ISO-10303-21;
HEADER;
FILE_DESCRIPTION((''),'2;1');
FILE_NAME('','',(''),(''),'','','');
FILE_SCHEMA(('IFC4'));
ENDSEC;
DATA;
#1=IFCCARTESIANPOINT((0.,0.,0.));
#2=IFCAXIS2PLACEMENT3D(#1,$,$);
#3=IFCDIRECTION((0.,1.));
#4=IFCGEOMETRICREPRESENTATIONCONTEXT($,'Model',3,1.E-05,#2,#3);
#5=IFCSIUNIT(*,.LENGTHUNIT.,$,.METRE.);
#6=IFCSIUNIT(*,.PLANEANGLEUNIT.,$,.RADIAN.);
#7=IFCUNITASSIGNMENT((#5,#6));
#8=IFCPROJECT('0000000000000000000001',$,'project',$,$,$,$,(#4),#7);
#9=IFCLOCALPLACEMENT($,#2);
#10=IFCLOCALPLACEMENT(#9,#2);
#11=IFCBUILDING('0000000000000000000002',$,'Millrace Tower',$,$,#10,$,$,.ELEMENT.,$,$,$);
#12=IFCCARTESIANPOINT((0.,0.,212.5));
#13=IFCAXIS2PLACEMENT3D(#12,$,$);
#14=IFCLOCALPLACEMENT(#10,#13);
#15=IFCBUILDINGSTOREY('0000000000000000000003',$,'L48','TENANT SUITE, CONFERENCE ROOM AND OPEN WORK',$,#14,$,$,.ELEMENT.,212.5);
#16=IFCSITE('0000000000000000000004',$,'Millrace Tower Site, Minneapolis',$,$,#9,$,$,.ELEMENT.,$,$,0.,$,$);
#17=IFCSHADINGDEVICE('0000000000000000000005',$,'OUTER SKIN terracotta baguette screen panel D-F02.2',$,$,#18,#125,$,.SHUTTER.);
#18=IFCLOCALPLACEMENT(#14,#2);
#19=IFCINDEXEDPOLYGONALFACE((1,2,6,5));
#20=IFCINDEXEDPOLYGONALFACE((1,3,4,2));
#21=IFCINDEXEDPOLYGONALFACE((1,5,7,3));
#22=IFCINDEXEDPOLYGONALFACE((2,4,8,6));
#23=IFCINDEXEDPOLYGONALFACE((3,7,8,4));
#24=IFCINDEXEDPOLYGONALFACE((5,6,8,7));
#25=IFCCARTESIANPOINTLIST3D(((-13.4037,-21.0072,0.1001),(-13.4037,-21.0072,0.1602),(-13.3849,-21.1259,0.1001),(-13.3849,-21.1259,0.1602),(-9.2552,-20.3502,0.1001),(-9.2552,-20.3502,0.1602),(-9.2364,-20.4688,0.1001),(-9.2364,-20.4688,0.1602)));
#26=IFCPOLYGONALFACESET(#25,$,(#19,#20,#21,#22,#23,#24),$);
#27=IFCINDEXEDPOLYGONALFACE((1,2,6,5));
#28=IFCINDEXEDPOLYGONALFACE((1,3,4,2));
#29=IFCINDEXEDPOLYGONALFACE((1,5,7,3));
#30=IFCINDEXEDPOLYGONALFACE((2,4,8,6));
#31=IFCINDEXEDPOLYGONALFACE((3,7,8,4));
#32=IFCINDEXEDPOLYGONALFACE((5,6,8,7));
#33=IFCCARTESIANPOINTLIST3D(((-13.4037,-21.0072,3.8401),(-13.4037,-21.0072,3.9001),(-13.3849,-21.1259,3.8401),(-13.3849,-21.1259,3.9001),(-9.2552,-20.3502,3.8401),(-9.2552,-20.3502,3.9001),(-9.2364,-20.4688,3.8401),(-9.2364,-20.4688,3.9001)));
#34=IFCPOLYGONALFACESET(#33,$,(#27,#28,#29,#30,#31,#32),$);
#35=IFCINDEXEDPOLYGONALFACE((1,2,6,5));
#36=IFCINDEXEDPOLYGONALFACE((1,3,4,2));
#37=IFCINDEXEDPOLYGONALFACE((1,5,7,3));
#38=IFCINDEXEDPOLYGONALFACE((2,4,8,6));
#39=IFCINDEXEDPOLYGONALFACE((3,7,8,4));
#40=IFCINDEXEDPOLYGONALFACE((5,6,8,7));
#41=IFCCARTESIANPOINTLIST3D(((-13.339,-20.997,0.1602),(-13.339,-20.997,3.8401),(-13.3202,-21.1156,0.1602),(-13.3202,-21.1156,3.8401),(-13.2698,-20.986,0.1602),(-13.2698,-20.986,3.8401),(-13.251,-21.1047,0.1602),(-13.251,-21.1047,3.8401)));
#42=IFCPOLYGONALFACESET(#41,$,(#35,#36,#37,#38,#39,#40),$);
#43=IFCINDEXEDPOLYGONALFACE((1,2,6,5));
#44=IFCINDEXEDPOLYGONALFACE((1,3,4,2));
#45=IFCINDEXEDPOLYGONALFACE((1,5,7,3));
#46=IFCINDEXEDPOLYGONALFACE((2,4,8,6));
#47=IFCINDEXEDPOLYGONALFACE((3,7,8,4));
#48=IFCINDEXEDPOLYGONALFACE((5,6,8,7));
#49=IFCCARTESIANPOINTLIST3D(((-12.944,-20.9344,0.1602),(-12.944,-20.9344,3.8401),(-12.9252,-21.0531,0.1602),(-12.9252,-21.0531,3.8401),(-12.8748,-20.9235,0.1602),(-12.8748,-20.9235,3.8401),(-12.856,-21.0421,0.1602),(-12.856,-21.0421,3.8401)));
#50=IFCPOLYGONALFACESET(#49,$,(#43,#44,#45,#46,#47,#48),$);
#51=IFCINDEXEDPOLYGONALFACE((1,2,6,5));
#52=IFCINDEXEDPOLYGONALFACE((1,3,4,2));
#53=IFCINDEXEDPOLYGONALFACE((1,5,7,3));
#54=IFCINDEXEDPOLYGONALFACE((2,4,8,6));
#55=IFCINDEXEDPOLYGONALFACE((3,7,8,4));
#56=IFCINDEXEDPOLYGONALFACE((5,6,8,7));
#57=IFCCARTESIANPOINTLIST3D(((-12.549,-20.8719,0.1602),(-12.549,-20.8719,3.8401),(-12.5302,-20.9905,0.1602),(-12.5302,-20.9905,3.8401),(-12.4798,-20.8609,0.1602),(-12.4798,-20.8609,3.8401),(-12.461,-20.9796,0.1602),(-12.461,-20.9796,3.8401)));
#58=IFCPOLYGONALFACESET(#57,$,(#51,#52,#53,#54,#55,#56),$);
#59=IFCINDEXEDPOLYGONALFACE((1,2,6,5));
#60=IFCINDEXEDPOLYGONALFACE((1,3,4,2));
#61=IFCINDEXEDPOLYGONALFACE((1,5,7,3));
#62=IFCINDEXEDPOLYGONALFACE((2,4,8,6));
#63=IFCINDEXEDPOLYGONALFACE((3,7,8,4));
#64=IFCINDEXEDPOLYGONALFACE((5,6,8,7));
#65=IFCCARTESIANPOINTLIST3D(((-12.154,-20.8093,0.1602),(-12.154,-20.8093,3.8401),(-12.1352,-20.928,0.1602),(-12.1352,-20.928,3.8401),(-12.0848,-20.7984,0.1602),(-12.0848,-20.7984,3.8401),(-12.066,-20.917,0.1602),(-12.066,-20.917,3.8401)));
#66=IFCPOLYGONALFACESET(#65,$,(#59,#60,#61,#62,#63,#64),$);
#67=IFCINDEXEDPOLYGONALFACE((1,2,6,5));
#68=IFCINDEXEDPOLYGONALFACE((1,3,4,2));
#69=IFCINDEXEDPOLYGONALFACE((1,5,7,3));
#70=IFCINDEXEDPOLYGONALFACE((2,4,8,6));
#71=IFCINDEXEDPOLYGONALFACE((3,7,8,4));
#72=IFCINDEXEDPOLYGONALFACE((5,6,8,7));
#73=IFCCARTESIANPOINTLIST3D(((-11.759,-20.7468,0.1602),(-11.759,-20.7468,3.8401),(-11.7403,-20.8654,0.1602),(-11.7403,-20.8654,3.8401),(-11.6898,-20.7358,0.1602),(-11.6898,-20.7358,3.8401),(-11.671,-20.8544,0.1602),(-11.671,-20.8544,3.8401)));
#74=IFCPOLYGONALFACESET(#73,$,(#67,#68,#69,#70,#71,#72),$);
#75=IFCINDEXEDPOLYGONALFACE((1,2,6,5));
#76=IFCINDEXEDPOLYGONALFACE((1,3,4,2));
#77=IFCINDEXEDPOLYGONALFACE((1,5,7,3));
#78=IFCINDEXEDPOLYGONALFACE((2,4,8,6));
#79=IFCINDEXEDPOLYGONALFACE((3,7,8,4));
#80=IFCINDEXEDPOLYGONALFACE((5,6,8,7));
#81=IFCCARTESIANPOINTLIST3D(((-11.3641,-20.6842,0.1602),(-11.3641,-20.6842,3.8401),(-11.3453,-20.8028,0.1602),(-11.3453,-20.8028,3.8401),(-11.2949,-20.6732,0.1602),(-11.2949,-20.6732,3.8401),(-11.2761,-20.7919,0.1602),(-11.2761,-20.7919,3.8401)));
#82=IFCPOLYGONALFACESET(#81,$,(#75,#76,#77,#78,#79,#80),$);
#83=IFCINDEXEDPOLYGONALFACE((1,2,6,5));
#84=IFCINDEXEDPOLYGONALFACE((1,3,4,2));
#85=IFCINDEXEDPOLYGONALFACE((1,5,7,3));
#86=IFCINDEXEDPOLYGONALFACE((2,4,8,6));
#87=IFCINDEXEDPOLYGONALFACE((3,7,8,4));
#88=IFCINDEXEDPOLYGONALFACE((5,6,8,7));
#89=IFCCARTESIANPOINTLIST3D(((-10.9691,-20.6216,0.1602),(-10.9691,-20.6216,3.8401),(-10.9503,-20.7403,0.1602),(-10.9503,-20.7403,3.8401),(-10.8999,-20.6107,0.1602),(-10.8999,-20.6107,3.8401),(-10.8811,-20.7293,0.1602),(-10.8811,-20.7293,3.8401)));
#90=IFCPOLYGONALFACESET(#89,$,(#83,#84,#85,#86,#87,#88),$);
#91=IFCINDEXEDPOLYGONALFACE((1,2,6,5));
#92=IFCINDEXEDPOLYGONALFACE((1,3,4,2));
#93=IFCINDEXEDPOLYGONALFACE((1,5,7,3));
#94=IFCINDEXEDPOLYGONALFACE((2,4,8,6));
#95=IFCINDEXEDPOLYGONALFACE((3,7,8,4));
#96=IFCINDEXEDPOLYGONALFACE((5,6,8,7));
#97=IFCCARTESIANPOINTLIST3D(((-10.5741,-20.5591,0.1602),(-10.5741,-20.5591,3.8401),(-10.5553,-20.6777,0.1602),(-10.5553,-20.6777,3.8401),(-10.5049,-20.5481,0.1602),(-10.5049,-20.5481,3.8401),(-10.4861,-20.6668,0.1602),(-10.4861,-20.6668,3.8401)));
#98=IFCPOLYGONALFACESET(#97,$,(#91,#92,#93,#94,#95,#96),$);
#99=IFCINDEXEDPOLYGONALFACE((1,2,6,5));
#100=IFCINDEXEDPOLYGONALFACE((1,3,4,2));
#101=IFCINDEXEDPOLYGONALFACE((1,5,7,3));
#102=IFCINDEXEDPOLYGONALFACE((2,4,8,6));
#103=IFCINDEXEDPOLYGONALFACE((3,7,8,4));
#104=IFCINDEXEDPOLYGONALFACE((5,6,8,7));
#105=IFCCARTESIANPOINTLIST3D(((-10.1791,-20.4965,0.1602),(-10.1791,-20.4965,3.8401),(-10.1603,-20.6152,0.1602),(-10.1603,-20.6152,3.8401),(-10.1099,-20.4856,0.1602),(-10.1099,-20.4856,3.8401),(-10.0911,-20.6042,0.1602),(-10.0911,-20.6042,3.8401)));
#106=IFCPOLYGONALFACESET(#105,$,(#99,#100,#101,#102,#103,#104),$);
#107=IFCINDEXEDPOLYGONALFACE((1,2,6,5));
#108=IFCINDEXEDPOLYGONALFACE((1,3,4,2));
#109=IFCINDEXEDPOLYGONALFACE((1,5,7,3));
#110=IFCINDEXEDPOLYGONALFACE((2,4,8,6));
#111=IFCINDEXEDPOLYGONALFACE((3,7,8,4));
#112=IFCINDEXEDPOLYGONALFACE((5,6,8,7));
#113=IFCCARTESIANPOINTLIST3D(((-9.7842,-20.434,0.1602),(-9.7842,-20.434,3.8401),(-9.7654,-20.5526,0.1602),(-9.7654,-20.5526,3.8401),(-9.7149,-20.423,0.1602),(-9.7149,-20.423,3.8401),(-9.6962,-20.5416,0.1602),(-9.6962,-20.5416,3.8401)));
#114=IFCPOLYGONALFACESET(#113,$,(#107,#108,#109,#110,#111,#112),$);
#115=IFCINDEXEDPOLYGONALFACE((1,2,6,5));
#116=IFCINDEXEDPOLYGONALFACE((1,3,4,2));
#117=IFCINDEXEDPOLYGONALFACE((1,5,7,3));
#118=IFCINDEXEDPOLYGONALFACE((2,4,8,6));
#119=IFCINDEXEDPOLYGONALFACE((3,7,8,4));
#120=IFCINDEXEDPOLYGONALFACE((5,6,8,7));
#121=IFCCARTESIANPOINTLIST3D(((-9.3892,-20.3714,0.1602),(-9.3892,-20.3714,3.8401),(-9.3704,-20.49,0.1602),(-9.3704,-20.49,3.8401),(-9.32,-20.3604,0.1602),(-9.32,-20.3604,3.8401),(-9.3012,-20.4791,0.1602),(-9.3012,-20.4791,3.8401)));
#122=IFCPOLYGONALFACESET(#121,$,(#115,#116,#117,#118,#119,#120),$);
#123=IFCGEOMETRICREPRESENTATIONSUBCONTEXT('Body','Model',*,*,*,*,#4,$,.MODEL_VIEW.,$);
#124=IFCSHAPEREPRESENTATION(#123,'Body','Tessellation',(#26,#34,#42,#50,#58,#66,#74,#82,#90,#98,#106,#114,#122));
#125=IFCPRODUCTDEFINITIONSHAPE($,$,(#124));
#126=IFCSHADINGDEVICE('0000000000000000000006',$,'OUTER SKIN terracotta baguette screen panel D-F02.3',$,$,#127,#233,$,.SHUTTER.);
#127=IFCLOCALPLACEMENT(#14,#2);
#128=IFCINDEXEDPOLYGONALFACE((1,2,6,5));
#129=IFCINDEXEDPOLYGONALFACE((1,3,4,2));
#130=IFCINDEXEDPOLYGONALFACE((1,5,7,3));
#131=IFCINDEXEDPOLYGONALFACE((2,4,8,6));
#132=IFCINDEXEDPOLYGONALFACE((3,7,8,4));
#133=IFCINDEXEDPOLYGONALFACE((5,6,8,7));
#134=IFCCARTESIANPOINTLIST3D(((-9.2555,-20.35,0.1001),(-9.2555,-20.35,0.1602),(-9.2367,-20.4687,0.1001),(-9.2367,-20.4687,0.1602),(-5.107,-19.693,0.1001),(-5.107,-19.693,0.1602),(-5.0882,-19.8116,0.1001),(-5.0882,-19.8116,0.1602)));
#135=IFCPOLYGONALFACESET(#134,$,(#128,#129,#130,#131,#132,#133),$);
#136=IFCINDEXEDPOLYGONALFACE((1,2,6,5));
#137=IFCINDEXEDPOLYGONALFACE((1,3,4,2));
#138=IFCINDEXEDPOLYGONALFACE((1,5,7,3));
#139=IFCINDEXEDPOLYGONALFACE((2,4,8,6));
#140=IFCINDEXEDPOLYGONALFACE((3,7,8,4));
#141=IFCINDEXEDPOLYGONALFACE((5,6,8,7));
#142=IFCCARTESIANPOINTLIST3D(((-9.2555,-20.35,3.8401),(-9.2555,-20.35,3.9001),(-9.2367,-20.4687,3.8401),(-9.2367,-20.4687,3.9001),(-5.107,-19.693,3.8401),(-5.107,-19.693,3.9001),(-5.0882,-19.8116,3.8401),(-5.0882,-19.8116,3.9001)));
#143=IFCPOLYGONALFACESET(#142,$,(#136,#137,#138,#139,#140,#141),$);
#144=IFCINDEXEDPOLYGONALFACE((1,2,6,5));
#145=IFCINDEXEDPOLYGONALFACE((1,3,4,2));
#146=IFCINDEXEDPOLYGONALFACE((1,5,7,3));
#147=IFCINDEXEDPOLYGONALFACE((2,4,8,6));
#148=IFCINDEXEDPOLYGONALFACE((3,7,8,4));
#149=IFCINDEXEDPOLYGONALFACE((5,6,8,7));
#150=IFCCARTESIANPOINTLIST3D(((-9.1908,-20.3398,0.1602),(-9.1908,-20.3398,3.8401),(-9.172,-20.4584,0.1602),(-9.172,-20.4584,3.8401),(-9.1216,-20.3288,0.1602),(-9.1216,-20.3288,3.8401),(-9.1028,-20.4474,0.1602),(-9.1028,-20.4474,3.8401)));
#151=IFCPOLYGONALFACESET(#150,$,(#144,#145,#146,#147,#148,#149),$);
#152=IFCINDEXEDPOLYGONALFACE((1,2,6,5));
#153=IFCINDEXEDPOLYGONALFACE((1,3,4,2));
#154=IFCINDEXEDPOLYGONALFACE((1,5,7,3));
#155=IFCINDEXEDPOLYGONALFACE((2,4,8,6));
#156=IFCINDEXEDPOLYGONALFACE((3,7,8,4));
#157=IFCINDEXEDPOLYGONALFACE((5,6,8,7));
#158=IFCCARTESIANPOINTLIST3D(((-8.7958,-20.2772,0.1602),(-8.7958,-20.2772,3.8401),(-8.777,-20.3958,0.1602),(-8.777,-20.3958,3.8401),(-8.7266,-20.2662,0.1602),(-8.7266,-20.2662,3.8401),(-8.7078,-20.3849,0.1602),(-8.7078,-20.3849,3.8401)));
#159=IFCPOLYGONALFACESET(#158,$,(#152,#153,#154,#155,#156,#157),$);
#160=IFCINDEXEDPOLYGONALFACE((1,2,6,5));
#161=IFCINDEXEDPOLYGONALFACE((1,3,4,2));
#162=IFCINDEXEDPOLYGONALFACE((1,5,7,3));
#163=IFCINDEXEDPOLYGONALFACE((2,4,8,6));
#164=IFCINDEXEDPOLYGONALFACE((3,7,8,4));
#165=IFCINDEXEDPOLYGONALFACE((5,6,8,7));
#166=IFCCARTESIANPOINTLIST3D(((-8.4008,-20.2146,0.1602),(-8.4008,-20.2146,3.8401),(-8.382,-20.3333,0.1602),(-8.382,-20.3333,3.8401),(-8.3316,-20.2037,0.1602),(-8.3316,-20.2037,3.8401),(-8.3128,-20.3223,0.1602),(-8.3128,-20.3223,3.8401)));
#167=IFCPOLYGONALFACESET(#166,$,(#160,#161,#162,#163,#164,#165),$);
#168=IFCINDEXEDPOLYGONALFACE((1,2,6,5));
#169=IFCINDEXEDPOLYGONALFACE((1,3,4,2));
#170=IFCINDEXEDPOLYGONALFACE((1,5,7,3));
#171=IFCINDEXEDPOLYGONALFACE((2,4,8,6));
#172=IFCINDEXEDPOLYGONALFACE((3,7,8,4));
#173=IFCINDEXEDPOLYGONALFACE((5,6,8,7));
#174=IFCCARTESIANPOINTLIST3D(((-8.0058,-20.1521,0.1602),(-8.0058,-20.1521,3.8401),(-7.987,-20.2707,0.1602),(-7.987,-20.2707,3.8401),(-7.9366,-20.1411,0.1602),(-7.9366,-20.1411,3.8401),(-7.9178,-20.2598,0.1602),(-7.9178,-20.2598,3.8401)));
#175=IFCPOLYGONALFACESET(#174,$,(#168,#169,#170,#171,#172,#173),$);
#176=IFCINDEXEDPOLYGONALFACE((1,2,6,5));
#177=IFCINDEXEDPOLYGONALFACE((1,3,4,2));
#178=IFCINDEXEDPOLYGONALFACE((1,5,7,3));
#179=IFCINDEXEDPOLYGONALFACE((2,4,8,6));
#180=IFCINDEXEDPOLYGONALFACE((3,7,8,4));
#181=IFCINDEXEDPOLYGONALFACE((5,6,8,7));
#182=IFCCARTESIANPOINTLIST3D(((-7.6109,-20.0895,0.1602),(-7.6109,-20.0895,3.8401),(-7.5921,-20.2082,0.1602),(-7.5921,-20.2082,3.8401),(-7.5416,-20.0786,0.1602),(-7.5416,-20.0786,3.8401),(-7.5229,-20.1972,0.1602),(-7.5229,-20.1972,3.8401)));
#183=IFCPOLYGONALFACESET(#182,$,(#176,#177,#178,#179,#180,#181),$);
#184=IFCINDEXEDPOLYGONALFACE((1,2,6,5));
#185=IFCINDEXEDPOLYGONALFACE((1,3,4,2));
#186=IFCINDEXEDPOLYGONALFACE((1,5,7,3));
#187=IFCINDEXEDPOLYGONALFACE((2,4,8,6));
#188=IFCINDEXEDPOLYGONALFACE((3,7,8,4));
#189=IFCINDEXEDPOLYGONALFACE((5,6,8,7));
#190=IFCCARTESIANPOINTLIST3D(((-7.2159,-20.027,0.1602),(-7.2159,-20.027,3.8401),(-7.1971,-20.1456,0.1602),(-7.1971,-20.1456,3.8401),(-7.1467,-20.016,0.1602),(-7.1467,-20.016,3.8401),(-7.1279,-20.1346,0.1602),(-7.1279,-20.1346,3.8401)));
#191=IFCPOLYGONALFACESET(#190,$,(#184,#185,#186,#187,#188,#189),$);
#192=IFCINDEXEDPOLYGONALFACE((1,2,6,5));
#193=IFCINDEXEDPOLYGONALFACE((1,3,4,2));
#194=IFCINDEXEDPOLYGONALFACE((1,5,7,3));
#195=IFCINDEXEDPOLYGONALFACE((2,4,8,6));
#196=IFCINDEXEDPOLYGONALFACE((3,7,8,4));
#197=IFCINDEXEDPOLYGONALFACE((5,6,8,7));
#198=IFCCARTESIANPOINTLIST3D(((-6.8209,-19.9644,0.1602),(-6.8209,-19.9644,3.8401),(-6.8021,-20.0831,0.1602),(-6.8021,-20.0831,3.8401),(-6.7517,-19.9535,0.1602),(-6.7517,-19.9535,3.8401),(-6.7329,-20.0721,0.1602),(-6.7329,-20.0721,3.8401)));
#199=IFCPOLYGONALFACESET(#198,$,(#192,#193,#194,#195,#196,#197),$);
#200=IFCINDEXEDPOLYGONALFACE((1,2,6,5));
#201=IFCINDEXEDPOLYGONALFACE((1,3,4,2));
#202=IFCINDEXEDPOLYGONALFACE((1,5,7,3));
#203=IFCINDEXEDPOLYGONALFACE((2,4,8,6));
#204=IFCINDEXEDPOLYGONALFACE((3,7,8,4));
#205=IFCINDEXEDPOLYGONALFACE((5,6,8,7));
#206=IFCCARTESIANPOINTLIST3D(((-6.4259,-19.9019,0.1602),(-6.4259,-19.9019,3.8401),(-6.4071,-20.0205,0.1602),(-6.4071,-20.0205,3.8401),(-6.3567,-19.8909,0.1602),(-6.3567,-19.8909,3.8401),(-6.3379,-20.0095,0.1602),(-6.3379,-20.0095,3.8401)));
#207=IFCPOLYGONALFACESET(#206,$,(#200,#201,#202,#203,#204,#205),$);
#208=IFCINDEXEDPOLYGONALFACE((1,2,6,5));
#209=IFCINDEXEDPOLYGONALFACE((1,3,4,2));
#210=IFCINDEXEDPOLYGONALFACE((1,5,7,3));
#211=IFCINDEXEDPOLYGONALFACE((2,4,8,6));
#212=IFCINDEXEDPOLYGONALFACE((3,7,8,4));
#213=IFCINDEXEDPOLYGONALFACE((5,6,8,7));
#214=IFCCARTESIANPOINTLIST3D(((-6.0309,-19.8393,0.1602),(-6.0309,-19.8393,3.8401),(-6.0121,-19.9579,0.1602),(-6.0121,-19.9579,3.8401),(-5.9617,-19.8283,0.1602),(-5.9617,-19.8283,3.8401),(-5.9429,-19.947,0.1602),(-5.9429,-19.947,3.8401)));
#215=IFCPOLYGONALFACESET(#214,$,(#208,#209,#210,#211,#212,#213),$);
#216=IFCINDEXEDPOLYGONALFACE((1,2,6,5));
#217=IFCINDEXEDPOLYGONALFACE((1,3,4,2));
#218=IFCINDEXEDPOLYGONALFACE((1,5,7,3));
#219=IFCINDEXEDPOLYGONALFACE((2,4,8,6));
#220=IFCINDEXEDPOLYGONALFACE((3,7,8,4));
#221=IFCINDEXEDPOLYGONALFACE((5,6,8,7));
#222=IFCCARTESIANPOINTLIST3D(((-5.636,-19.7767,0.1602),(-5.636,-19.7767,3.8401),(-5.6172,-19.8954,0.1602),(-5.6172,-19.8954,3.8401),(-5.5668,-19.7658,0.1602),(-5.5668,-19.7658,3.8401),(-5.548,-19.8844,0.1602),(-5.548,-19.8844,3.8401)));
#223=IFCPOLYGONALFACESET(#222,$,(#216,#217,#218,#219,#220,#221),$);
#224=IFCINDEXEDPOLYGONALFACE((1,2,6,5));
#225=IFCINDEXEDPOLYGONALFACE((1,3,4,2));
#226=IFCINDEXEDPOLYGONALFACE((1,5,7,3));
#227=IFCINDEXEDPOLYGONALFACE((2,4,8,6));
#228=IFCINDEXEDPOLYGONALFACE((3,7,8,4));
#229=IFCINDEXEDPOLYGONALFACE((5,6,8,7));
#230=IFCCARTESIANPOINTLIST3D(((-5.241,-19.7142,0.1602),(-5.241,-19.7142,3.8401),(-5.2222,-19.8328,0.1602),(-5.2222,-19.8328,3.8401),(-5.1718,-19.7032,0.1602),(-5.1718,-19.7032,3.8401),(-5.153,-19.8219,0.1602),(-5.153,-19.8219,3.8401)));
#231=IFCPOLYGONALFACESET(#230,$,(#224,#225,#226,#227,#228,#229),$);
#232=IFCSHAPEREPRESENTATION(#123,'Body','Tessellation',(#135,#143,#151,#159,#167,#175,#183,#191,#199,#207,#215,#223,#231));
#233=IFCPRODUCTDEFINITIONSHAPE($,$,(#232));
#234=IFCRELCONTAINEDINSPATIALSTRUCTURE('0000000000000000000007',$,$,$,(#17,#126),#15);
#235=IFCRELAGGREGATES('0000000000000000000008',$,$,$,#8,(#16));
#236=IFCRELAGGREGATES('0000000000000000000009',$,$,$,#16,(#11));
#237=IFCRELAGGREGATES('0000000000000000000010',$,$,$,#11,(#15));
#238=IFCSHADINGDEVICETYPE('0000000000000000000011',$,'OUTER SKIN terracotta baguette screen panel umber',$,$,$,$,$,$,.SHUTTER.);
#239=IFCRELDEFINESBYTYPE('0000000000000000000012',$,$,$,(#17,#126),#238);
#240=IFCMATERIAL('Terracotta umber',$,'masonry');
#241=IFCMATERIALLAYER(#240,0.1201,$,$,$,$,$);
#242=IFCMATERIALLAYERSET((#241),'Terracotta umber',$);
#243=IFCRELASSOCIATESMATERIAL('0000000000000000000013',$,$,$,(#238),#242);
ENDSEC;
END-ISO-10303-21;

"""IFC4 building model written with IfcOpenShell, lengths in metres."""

from ifc_helpers import new_model, entity, si_unit, direction, frame, frame_2d, origin, origin_2d, place, context, subcontext, project, spatial, rectangle, extrude, source, transform, mapped, material, layer, layer_set, type_object, element, save


model = new_model("IFC4")

# Units and contexts
model_context = context("Model", 3, precision=1e-05, world=origin(), true_north=direction((0.0, 1.0)))
body_context = subcontext(model_context, "Body", "Model", "MODEL_VIEW")
ifc_project = project(units=[si_unit("LENGTHUNIT", "METRE"), si_unit("PLANEANGLEUNIT", "RADIAN")], contexts=[model_context])

# Site, building, storey
site_placement = place(None, origin())
site = spatial("IfcSite", under=ifc_project, at=site_placement, Name="Millrace Tower Site, Minneapolis", CompositionType="ELEMENT", RefElevation=0.0)
building_placement = place(site_placement, origin())
building = spatial("IfcBuilding", under=site, at=building_placement, Name="Millrace Tower", CompositionType="ELEMENT")
storey_placement = place(building_placement, frame((0.0, 0.0, 212.5)))
storey = spatial("IfcBuildingStorey", under=building, at=storey_placement, Name="L48", Description="TENANT SUITE, CONFERENCE ROOM AND OPEN WORK", CompositionType="ELEMENT", Elevation=212.5)

# Shading devices
ifc_material_1 = material(Name="Terracotta umber", Category="masonry")
ifc_layer_1 = layer(ifc_material_1, 0.1201)
ifc_layer_set_1 = layer_set([ifc_layer_1], Name="Terracotta umber")
shading_device_type = type_object("IfcShadingDeviceType", Name="OUTER SKIN terracotta baguette screen panel umber", PredefinedType="SHUTTER", material=ifc_layer_set_1)
cartesian_point = entity("IfcCartesianPoint", [-2.1001, 0.0601])
shared_polyline = entity("IfcPolyline", [cartesian_point, entity("IfcCartesianPoint", [2.1001, 0.0601]), entity("IfcCartesianPoint", [2.1001, -0.0601]), entity("IfcCartesianPoint", [-2.1001, -0.0601]), cartesian_point])
shared_shape = source(origin(), body_context, "Body", "SweptSolid", [
    entity("IfcExtrudedAreaSolid", entity("IfcArbitraryClosedProfileDef", "AREA", None, shared_polyline), entity("IfcAxis2Placement3D", entity("IfcCartesianPoint", [0.0, 0.0, 0.0])), entity("IfcDirection", [0.0, 0.0, 1.0]), 0.0601),
    entity("IfcExtrudedAreaSolid", entity("IfcArbitraryClosedProfileDef", "AREA", None, shared_polyline), entity("IfcAxis2Placement3D", entity("IfcCartesianPoint", [0.0, 0.0, 3.74])), entity("IfcDirection", [0.0, 0.0, 1.0]), 0.0601),
    extrude(rectangle(XDim=0.0701, YDim=0.1201, at=frame_2d((-1.9995, 0.0))), frame((0.0, 0.0, 0.0601)), (0.0, 0.0, 1.0), 3.6799),
    extrude(rectangle(XDim=0.0701, YDim=0.1201, at=frame_2d((-1.5996, 0.0))), frame((0.0, 0.0, 0.0601)), (0.0, 0.0, 1.0), 3.6799),
    extrude(rectangle(XDim=0.0701, YDim=0.1201, at=frame_2d((-1.1997, 0.0))), frame((0.0, 0.0, 0.0601)), (0.0, 0.0, 1.0), 3.6799),
    extrude(rectangle(XDim=0.0701, YDim=0.1201, at=frame_2d((-0.7998, 0.0))), frame((0.0, 0.0, 0.0601)), (0.0, 0.0, 1.0), 3.6799),
    extrude(rectangle(XDim=0.0701, YDim=0.1201, at=frame_2d((-0.3999, 0.0))), frame((0.0, 0.0, 0.0601)), (0.0, 0.0, 1.0), 3.6799),
    extrude(rectangle(XDim=0.0701, YDim=0.1201, at=origin_2d()), frame((0.0, 0.0, 0.0601)), (0.0, 0.0, 1.0), 3.6799),
    extrude(rectangle(XDim=0.0701, YDim=0.1201, at=frame_2d((0.3999, 0.0))), frame((0.0, 0.0, 0.0601)), (0.0, 0.0, 1.0), 3.6799),
    extrude(rectangle(XDim=0.0701, YDim=0.1201, at=frame_2d((0.7998, 0.0))), frame((0.0, 0.0, 0.0601)), (0.0, 0.0, 1.0), 3.6799),
    extrude(rectangle(XDim=0.0701, YDim=0.1201, at=frame_2d((1.1997, 0.0))), frame((0.0, 0.0, 0.0601)), (0.0, 0.0, 1.0), 3.6799),
    extrude(rectangle(XDim=0.0701, YDim=0.1201, at=frame_2d((1.5996, 0.0))), frame((0.0, 0.0, 0.0601)), (0.0, 0.0, 1.0), 3.6799),
    extrude(rectangle(XDim=0.0701, YDim=0.1201, at=frame_2d((1.9995, 0.0))), frame((0.0, 0.0, 0.0601)), (0.0, 0.0, 1.0), 3.6799),
])
for number, where, z_axis, x_axis, name in (
    (1, (-11.3201, -20.738, 0.1001), (0.0, 0.0, 1.0), (0.987688, 0.156434, 0.0), "OUTER SKIN terracotta baguette screen panel D-F02.2"),
    (2, (-7.1719, -20.0808, 0.1001), (0.0, 0.0, 1.0), (0.987688, 0.156434, 0.0), "OUTER SKIN terracotta baguette screen panel D-F02.3"),
):
    element("IfcShadingDevice", number, at=place(storey_placement, frame(where, z_axis=z_axis, x_axis=x_axis)), inside=storey, type_object=shading_device_type, Name=name, PredefinedType="SHUTTER", context=body_context, shape_type="MappedRepresentation", body=[
        mapped(shared_shape, transform((0.0, 0.0, 0.0), scale=1.0)),
    ])

save(model, "model.ifc")
